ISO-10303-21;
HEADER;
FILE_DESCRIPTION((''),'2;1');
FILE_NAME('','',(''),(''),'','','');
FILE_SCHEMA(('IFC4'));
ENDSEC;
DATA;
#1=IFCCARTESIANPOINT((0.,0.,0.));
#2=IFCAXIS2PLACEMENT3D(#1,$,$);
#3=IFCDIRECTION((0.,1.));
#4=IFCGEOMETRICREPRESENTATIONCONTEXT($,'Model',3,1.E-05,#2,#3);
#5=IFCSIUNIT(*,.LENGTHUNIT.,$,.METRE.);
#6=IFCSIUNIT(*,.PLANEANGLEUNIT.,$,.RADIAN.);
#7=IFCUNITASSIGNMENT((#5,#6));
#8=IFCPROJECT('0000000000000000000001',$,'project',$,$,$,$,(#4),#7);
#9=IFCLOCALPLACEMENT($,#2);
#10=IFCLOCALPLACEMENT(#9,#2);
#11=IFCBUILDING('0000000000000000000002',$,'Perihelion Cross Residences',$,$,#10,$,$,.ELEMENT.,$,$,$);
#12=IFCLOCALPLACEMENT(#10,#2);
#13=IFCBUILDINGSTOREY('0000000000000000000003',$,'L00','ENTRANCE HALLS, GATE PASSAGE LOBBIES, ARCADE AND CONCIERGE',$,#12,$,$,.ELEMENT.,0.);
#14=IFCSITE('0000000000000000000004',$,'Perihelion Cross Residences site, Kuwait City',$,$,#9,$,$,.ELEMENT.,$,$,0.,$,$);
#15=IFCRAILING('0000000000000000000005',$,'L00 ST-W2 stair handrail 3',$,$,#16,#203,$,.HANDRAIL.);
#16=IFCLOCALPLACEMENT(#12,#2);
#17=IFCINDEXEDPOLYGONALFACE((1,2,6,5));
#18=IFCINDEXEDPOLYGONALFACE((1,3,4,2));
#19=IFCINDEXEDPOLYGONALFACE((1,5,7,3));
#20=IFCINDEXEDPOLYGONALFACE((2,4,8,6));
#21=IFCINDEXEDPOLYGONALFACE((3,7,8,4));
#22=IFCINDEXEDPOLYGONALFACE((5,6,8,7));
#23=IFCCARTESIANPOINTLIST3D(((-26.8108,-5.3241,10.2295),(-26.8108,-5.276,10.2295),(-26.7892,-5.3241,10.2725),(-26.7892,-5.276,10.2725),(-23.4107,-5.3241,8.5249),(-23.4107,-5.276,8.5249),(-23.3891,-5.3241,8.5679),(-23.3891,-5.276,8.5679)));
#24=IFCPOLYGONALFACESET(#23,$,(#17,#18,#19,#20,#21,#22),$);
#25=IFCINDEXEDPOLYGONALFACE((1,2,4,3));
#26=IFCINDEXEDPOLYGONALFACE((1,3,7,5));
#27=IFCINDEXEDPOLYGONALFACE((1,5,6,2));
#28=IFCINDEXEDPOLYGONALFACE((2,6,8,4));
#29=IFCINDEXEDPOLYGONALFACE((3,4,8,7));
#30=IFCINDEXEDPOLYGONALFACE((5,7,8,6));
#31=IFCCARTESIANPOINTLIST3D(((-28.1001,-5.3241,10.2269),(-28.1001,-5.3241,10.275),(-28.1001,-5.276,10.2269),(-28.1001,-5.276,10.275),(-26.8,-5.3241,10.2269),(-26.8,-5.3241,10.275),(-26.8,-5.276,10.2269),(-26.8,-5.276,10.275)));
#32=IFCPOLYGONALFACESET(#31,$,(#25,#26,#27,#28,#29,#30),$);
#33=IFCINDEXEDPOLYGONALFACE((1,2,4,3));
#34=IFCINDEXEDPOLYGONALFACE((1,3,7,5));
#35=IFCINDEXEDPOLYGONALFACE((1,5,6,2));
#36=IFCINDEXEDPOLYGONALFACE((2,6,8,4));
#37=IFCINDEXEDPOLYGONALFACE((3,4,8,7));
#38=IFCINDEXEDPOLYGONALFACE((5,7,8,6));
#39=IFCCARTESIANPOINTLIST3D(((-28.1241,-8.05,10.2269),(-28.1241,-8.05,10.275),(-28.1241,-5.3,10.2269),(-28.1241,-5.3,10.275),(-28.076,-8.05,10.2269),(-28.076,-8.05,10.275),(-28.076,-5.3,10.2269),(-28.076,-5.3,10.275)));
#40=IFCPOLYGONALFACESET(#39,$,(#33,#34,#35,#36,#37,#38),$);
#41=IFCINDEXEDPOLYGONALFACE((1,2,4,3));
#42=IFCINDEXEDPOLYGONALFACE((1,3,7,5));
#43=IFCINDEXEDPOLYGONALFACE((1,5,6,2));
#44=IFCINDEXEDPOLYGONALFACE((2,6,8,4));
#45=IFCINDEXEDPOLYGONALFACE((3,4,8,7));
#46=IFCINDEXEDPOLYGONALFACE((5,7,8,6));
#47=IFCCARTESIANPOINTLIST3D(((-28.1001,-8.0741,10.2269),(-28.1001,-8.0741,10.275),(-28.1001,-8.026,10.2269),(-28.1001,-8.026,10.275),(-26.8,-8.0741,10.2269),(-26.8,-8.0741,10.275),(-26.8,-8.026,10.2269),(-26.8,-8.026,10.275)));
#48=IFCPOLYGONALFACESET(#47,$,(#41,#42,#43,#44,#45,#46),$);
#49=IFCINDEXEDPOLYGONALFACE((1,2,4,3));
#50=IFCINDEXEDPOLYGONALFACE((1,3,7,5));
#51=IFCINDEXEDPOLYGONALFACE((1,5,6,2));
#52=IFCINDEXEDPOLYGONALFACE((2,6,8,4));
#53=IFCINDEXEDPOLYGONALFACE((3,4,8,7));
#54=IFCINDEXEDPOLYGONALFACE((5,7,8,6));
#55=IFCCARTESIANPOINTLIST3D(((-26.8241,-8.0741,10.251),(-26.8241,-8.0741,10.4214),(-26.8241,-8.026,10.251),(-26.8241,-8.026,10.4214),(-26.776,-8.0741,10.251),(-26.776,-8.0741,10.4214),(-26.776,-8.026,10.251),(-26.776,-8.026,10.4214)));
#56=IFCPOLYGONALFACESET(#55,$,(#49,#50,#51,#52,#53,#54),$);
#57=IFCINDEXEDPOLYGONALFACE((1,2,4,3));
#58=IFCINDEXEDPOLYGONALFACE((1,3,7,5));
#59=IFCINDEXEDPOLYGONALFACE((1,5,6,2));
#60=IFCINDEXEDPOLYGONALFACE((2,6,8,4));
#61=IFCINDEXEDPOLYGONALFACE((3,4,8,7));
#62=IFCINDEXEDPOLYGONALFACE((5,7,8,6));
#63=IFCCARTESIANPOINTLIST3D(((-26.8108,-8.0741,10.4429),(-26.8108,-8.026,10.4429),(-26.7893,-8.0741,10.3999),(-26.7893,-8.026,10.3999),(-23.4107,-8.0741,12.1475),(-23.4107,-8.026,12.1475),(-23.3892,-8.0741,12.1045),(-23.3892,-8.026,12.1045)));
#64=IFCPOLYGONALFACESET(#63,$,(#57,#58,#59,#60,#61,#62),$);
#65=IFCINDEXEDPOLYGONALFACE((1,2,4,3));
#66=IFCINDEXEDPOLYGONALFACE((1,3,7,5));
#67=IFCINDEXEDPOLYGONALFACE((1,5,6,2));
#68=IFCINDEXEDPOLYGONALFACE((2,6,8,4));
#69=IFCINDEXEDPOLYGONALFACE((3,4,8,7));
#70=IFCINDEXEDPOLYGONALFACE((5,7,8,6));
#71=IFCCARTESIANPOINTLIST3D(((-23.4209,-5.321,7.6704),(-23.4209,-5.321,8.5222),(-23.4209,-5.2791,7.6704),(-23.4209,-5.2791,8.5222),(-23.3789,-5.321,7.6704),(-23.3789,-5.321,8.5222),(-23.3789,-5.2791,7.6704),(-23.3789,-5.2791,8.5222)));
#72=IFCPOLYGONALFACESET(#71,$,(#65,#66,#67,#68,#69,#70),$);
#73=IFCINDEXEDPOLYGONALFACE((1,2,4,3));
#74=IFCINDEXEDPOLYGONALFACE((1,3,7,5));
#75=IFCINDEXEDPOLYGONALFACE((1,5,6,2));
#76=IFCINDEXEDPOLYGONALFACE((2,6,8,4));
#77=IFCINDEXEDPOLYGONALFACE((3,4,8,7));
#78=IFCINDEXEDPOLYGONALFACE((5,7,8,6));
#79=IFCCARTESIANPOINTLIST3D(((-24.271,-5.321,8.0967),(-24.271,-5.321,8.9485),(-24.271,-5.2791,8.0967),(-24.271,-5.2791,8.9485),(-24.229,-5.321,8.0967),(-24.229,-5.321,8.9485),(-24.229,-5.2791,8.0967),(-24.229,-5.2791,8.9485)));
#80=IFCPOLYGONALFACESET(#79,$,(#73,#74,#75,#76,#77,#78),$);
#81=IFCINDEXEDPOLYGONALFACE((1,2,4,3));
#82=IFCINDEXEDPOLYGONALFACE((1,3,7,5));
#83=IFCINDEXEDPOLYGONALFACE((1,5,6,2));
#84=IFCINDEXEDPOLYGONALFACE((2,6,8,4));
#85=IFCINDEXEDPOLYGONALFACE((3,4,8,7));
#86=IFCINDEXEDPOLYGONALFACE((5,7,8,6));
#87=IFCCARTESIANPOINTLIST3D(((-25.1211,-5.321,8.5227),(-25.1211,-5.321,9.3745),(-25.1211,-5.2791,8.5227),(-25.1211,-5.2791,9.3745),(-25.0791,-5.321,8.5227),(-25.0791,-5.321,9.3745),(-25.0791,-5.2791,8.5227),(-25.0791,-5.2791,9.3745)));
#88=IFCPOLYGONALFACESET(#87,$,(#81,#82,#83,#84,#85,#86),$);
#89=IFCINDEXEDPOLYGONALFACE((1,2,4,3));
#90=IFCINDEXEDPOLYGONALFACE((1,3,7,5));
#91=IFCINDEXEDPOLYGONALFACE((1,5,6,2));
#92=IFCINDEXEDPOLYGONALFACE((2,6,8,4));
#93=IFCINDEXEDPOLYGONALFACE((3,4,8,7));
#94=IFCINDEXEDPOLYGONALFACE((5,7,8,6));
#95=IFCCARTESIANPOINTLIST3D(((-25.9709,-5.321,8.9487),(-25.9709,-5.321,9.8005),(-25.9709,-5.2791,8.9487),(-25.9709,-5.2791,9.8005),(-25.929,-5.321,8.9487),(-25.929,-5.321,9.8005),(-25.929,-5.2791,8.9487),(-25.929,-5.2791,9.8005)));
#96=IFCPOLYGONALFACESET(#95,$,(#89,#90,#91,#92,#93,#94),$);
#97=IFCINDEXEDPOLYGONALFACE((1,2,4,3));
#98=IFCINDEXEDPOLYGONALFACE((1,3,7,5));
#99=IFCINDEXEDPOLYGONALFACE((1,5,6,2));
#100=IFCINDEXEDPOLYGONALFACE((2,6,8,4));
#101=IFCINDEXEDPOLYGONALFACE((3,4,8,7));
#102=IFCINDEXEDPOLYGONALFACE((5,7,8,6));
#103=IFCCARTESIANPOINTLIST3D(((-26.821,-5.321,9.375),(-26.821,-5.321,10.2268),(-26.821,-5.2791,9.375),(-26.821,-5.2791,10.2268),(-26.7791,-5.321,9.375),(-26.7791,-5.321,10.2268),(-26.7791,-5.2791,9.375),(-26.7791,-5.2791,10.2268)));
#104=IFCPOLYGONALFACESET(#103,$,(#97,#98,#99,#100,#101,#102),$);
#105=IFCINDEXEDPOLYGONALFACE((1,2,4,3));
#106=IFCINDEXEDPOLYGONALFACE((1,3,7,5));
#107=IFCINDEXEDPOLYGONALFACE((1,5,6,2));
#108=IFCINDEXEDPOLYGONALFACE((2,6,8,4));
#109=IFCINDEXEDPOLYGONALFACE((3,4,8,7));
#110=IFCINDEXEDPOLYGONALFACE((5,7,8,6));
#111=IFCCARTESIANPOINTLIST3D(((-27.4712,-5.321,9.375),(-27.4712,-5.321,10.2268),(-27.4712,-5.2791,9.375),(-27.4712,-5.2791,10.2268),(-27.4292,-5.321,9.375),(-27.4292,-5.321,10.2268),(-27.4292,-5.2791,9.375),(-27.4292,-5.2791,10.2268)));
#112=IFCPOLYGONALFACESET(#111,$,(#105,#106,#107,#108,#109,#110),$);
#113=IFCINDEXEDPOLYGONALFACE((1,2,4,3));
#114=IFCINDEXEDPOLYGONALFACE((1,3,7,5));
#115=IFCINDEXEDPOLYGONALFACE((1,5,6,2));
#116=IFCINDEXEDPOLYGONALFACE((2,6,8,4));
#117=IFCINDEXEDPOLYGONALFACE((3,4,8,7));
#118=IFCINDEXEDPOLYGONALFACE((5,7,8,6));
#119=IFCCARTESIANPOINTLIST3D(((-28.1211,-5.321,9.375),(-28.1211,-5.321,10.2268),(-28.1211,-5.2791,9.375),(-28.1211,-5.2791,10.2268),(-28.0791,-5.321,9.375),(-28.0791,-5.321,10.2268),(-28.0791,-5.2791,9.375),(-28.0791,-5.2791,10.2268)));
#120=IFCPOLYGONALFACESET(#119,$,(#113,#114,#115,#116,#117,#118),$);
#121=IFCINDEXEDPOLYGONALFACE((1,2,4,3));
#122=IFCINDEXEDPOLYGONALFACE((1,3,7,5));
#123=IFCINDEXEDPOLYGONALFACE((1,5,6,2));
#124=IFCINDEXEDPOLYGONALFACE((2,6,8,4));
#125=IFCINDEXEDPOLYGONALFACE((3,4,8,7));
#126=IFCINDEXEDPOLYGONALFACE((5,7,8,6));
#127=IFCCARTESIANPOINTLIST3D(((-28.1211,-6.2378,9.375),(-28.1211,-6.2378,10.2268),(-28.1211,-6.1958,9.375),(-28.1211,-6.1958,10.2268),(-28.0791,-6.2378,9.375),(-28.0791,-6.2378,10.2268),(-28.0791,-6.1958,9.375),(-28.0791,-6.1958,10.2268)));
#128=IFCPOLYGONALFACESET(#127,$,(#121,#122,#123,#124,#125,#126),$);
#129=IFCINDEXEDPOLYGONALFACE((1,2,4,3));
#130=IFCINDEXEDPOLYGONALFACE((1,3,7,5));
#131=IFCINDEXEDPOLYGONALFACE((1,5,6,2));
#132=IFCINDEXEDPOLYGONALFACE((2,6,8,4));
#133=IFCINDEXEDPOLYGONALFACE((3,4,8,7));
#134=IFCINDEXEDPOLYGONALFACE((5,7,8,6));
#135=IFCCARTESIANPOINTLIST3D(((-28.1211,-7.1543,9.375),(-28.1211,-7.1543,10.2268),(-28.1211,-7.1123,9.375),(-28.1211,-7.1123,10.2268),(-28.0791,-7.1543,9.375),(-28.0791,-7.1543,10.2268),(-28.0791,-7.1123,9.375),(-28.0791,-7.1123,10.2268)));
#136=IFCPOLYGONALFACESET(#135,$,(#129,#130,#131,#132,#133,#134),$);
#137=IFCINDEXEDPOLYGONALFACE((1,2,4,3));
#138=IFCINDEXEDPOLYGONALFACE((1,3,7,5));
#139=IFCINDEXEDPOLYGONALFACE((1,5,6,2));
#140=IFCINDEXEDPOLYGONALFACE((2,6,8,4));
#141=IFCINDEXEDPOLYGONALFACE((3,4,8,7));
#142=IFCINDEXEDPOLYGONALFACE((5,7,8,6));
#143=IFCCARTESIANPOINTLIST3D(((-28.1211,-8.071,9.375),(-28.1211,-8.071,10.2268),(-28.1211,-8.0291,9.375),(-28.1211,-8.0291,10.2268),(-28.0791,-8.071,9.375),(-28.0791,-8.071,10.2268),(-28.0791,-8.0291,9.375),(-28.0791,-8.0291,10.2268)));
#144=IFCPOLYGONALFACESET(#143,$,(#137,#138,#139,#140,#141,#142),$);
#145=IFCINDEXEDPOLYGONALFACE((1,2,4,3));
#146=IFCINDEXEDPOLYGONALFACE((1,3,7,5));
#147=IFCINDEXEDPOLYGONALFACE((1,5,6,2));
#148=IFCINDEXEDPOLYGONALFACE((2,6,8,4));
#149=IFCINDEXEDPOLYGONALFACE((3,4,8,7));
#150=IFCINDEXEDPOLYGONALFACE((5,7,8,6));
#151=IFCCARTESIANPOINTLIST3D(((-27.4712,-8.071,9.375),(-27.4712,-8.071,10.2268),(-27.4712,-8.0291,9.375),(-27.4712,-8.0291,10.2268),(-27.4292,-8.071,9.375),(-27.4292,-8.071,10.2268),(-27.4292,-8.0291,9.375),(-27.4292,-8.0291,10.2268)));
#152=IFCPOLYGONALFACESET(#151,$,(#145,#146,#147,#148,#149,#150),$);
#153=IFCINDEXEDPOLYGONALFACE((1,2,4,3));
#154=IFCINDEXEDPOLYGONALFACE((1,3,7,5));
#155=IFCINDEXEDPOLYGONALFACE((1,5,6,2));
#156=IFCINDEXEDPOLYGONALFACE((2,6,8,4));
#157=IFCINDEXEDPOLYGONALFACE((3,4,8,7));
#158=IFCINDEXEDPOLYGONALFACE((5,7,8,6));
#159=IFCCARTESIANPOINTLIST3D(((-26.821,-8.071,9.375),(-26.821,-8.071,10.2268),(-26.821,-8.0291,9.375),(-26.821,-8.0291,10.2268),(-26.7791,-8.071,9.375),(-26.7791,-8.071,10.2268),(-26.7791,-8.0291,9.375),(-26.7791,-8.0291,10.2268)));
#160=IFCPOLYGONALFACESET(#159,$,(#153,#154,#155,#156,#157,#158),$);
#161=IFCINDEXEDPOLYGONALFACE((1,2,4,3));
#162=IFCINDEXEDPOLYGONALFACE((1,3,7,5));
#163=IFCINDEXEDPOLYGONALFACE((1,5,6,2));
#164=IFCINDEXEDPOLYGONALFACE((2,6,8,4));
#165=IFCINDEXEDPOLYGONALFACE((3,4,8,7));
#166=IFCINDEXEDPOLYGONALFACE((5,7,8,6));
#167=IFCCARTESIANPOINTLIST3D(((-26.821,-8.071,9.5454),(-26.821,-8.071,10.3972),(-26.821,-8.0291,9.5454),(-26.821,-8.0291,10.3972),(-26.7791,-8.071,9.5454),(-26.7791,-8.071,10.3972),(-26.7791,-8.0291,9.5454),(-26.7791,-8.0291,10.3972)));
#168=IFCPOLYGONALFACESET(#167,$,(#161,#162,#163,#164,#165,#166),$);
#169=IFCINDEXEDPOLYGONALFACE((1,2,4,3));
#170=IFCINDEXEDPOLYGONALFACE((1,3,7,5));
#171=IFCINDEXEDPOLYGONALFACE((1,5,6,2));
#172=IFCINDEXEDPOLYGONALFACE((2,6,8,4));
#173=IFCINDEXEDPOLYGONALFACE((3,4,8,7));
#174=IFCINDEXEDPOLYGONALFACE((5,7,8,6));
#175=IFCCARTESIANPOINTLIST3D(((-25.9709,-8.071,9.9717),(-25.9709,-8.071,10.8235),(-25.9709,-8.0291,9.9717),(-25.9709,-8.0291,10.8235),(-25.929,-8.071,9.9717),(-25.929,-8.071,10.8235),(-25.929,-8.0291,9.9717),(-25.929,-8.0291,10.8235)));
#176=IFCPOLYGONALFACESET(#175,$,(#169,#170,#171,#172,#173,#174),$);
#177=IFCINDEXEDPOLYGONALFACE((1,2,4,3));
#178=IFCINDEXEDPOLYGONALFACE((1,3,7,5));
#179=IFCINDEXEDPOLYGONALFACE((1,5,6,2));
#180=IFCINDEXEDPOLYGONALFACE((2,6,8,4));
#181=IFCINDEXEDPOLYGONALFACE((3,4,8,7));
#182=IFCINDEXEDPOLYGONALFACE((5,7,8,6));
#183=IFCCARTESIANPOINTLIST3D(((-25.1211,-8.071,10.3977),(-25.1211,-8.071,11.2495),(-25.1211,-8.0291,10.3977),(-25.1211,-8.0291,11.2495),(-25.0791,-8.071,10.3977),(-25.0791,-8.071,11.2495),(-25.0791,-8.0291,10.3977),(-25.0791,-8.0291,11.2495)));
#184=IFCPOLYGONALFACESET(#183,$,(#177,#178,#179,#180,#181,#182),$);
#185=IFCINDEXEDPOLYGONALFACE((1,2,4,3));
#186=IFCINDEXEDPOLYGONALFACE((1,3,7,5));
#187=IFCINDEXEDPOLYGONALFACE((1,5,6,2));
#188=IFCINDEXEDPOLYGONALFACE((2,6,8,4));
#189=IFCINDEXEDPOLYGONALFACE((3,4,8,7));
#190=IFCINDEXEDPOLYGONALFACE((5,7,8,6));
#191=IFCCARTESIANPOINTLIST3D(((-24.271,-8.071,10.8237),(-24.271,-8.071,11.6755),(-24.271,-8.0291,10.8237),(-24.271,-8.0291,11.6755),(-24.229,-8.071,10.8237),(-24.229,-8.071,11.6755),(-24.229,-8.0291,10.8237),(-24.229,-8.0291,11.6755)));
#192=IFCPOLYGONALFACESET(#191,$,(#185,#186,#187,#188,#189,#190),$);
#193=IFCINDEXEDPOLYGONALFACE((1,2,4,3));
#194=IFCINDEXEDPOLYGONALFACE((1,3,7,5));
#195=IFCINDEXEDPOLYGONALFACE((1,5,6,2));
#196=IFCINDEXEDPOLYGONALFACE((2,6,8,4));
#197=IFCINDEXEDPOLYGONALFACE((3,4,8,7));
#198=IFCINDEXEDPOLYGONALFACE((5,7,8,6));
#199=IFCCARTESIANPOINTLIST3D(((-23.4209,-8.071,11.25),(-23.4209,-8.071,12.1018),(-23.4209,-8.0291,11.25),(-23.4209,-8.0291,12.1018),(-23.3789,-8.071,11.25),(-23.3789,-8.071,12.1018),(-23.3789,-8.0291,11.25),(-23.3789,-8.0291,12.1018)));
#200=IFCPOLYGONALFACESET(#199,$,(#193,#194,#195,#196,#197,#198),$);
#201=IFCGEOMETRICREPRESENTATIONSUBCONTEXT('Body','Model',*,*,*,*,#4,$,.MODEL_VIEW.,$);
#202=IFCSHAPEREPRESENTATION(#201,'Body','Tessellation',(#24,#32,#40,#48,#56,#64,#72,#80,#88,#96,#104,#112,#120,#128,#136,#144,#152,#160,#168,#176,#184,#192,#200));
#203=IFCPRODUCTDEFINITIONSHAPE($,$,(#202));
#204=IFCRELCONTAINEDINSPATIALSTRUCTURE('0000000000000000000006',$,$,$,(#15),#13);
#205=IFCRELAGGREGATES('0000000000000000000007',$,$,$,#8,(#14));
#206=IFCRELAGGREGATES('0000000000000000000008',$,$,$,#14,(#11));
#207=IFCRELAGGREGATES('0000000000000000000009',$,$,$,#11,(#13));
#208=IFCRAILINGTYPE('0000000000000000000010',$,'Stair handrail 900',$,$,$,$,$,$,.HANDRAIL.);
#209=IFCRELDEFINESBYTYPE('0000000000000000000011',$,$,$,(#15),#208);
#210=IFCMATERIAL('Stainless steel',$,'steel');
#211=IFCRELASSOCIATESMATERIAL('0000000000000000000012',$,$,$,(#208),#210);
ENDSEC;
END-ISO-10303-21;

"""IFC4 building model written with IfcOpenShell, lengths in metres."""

from ifc_helpers import new_model, si_unit, direction, frame, origin, origin_2d, place, context, subcontext, project, spatial, rectangle, extrude, material, type_object, element, save


model = new_model("IFC4")

# Units and contexts
model_context = context("Model", 3, precision=1e-05, world=origin(), true_north=direction((0.0, 1.0)))
body_context = subcontext(model_context, "Body", "Model", "MODEL_VIEW")
ifc_project = project(units=[si_unit("LENGTHUNIT", "METRE"), si_unit("PLANEANGLEUNIT", "RADIAN")], contexts=[model_context])

# Site, building, storey
site_placement = place(None, origin())
site = spatial("IfcSite", under=ifc_project, at=site_placement, Name="Perihelion Cross Residences site, Kuwait City", CompositionType="ELEMENT", RefElevation=0.0)
building_placement = place(site_placement, origin())
building = spatial("IfcBuilding", under=site, at=building_placement, Name="Perihelion Cross Residences", CompositionType="ELEMENT")
storey_placement = place(building_placement, origin())
storey = spatial("IfcBuildingStorey", under=building, at=storey_placement, Name="L00", Description="ENTRANCE HALLS, GATE PASSAGE LOBBIES, ARCADE AND CONCIERGE", CompositionType="ELEMENT", Elevation=0.0)

# Railing
ifc_material_1 = material(Name="Stainless steel", Category="steel")
railing_type = type_object("IfcRailingType", Name="Stair handrail 900", PredefinedType="HANDRAIL", material=ifc_material_1)
railing_1_placement = place(storey_placement, frame((-23.3999, -5.3, 7.6704)))
element("IfcRailing", 1, at=railing_1_placement, inside=storey, type_object=railing_type, Name="L00 ST-W2 stair handrail 3", PredefinedType="HANDRAIL", context=body_context, shape_type="SweptSolid", body=[
    extrude(rectangle(XDim=0.0481, YDim=0.0481, at=origin_2d()), frame((0.0, 0.0, 0.876), z_axis=(-0.893952, 0.0, 0.448163), x_axis=(0.0, -1.0, 0.0)), (0.0, 0.0, 1.0), 3.8035),
    extrude(rectangle(XDim=0.0481, YDim=0.0481, at=origin_2d()), frame((-3.4001, 0.0, 2.5806), z_axis=(-1.0, 0.0, 0.0), x_axis=(0.0, -1.0, 0.0)), (0.0, 0.0, 1.0), 1.3),
    extrude(rectangle(XDim=0.0481, YDim=0.0481, at=origin_2d()), frame((-4.7002, 0.0, 2.5806), z_axis=(0.0, -1.0, 0.0), x_axis=(1.0, 0.0, 0.0)), (0.0, 0.0, 1.0), 2.75),
    extrude(rectangle(XDim=0.0481, YDim=0.0481, at=origin_2d()), frame((-4.7002, -2.75, 2.5806), z_axis=(1.0, 0.0, 0.0), x_axis=(0.0, 1.0, 0.0)), (0.0, 0.0, 1.0), 1.3),
    extrude(rectangle(XDim=0.0481, YDim=0.0481, at=origin_2d()), frame((-3.4001, -2.75, 2.5806), z_axis=(0.0, 0.0, 1.0), x_axis=(1.0, 0.0, 0.0)), (0.0, 0.0, 1.0), 0.1704),
    extrude(rectangle(XDim=0.0481, YDim=0.0481, at=origin_2d()), frame((-3.4001, -2.75, 2.751), z_axis=(0.893952, 0.0, 0.448163), x_axis=(0.0, 1.0, 0.0)), (0.0, 0.0, 1.0), 3.8035),
    extrude(rectangle(XDim=0.042, YDim=0.042, at=origin_2d()), origin(), (0.0, 0.0, 1.0), 0.8518),
    extrude(rectangle(XDim=0.042, YDim=0.042, at=origin_2d()), frame((-0.8501, 0.0, 0.4263)), (0.0, 0.0, 1.0), 0.8518),
    extrude(rectangle(XDim=0.042, YDim=0.042, at=origin_2d()), frame((-1.7002, 0.0, 0.8523)), (0.0, 0.0, 1.0), 0.8518),
    extrude(rectangle(XDim=0.042, YDim=0.042, at=origin_2d()), frame((-2.55, 0.0, 1.2783)), (0.0, 0.0, 1.0), 0.8518),
    extrude(rectangle(XDim=0.042, YDim=0.042, at=origin_2d()), frame((-3.4001, 0.0, 1.7046)), (0.0, 0.0, 1.0), 0.8518),
    extrude(rectangle(XDim=0.042, YDim=0.042, at=origin_2d()), frame((-4.0503, 0.0, 1.7046)), (0.0, 0.0, 1.0), 0.8518),
    extrude(rectangle(XDim=0.042, YDim=0.042, at=origin_2d()), frame((-4.7002, 0.0, 1.7046)), (0.0, 0.0, 1.0), 0.8518),
    extrude(rectangle(XDim=0.042, YDim=0.042, at=origin_2d()), frame((-4.7002, -0.9167, 1.7046)), (0.0, 0.0, 1.0), 0.8518),
    extrude(rectangle(XDim=0.042, YDim=0.042, at=origin_2d()), frame((-4.7002, -1.8333, 1.7046)), (0.0, 0.0, 1.0), 0.8518),
    extrude(rectangle(XDim=0.042, YDim=0.042, at=origin_2d()), frame((-4.7002, -2.75, 1.7046)), (0.0, 0.0, 1.0), 0.8518),
    extrude(rectangle(XDim=0.042, YDim=0.042, at=origin_2d()), frame((-4.0503, -2.75, 1.7046)), (0.0, 0.0, 1.0), 0.8518),
    extrude(rectangle(XDim=0.042, YDim=0.042, at=origin_2d()), frame((-3.4001, -2.75, 1.7046)), (0.0, 0.0, 1.0), 0.8518),
    extrude(rectangle(XDim=0.042, YDim=0.042, at=origin_2d()), frame((-3.4001, -2.75, 1.875)), (0.0, 0.0, 1.0), 0.8518),
    extrude(rectangle(XDim=0.042, YDim=0.042, at=origin_2d()), frame((-2.55, -2.75, 2.3013)), (0.0, 0.0, 1.0), 0.8518),
    extrude(rectangle(XDim=0.042, YDim=0.042, at=origin_2d()), frame((-1.7002, -2.75, 2.7273)), (0.0, 0.0, 1.0), 0.8518),
    extrude(rectangle(XDim=0.042, YDim=0.042, at=origin_2d()), frame((-0.8501, -2.75, 3.1533)), (0.0, 0.0, 1.0), 0.8518),
    extrude(rectangle(XDim=0.042, YDim=0.042, at=origin_2d()), frame((0.0, -2.75, 3.5796)), (0.0, 0.0, 1.0), 0.8518),
])

save(model, "model.ifc")
